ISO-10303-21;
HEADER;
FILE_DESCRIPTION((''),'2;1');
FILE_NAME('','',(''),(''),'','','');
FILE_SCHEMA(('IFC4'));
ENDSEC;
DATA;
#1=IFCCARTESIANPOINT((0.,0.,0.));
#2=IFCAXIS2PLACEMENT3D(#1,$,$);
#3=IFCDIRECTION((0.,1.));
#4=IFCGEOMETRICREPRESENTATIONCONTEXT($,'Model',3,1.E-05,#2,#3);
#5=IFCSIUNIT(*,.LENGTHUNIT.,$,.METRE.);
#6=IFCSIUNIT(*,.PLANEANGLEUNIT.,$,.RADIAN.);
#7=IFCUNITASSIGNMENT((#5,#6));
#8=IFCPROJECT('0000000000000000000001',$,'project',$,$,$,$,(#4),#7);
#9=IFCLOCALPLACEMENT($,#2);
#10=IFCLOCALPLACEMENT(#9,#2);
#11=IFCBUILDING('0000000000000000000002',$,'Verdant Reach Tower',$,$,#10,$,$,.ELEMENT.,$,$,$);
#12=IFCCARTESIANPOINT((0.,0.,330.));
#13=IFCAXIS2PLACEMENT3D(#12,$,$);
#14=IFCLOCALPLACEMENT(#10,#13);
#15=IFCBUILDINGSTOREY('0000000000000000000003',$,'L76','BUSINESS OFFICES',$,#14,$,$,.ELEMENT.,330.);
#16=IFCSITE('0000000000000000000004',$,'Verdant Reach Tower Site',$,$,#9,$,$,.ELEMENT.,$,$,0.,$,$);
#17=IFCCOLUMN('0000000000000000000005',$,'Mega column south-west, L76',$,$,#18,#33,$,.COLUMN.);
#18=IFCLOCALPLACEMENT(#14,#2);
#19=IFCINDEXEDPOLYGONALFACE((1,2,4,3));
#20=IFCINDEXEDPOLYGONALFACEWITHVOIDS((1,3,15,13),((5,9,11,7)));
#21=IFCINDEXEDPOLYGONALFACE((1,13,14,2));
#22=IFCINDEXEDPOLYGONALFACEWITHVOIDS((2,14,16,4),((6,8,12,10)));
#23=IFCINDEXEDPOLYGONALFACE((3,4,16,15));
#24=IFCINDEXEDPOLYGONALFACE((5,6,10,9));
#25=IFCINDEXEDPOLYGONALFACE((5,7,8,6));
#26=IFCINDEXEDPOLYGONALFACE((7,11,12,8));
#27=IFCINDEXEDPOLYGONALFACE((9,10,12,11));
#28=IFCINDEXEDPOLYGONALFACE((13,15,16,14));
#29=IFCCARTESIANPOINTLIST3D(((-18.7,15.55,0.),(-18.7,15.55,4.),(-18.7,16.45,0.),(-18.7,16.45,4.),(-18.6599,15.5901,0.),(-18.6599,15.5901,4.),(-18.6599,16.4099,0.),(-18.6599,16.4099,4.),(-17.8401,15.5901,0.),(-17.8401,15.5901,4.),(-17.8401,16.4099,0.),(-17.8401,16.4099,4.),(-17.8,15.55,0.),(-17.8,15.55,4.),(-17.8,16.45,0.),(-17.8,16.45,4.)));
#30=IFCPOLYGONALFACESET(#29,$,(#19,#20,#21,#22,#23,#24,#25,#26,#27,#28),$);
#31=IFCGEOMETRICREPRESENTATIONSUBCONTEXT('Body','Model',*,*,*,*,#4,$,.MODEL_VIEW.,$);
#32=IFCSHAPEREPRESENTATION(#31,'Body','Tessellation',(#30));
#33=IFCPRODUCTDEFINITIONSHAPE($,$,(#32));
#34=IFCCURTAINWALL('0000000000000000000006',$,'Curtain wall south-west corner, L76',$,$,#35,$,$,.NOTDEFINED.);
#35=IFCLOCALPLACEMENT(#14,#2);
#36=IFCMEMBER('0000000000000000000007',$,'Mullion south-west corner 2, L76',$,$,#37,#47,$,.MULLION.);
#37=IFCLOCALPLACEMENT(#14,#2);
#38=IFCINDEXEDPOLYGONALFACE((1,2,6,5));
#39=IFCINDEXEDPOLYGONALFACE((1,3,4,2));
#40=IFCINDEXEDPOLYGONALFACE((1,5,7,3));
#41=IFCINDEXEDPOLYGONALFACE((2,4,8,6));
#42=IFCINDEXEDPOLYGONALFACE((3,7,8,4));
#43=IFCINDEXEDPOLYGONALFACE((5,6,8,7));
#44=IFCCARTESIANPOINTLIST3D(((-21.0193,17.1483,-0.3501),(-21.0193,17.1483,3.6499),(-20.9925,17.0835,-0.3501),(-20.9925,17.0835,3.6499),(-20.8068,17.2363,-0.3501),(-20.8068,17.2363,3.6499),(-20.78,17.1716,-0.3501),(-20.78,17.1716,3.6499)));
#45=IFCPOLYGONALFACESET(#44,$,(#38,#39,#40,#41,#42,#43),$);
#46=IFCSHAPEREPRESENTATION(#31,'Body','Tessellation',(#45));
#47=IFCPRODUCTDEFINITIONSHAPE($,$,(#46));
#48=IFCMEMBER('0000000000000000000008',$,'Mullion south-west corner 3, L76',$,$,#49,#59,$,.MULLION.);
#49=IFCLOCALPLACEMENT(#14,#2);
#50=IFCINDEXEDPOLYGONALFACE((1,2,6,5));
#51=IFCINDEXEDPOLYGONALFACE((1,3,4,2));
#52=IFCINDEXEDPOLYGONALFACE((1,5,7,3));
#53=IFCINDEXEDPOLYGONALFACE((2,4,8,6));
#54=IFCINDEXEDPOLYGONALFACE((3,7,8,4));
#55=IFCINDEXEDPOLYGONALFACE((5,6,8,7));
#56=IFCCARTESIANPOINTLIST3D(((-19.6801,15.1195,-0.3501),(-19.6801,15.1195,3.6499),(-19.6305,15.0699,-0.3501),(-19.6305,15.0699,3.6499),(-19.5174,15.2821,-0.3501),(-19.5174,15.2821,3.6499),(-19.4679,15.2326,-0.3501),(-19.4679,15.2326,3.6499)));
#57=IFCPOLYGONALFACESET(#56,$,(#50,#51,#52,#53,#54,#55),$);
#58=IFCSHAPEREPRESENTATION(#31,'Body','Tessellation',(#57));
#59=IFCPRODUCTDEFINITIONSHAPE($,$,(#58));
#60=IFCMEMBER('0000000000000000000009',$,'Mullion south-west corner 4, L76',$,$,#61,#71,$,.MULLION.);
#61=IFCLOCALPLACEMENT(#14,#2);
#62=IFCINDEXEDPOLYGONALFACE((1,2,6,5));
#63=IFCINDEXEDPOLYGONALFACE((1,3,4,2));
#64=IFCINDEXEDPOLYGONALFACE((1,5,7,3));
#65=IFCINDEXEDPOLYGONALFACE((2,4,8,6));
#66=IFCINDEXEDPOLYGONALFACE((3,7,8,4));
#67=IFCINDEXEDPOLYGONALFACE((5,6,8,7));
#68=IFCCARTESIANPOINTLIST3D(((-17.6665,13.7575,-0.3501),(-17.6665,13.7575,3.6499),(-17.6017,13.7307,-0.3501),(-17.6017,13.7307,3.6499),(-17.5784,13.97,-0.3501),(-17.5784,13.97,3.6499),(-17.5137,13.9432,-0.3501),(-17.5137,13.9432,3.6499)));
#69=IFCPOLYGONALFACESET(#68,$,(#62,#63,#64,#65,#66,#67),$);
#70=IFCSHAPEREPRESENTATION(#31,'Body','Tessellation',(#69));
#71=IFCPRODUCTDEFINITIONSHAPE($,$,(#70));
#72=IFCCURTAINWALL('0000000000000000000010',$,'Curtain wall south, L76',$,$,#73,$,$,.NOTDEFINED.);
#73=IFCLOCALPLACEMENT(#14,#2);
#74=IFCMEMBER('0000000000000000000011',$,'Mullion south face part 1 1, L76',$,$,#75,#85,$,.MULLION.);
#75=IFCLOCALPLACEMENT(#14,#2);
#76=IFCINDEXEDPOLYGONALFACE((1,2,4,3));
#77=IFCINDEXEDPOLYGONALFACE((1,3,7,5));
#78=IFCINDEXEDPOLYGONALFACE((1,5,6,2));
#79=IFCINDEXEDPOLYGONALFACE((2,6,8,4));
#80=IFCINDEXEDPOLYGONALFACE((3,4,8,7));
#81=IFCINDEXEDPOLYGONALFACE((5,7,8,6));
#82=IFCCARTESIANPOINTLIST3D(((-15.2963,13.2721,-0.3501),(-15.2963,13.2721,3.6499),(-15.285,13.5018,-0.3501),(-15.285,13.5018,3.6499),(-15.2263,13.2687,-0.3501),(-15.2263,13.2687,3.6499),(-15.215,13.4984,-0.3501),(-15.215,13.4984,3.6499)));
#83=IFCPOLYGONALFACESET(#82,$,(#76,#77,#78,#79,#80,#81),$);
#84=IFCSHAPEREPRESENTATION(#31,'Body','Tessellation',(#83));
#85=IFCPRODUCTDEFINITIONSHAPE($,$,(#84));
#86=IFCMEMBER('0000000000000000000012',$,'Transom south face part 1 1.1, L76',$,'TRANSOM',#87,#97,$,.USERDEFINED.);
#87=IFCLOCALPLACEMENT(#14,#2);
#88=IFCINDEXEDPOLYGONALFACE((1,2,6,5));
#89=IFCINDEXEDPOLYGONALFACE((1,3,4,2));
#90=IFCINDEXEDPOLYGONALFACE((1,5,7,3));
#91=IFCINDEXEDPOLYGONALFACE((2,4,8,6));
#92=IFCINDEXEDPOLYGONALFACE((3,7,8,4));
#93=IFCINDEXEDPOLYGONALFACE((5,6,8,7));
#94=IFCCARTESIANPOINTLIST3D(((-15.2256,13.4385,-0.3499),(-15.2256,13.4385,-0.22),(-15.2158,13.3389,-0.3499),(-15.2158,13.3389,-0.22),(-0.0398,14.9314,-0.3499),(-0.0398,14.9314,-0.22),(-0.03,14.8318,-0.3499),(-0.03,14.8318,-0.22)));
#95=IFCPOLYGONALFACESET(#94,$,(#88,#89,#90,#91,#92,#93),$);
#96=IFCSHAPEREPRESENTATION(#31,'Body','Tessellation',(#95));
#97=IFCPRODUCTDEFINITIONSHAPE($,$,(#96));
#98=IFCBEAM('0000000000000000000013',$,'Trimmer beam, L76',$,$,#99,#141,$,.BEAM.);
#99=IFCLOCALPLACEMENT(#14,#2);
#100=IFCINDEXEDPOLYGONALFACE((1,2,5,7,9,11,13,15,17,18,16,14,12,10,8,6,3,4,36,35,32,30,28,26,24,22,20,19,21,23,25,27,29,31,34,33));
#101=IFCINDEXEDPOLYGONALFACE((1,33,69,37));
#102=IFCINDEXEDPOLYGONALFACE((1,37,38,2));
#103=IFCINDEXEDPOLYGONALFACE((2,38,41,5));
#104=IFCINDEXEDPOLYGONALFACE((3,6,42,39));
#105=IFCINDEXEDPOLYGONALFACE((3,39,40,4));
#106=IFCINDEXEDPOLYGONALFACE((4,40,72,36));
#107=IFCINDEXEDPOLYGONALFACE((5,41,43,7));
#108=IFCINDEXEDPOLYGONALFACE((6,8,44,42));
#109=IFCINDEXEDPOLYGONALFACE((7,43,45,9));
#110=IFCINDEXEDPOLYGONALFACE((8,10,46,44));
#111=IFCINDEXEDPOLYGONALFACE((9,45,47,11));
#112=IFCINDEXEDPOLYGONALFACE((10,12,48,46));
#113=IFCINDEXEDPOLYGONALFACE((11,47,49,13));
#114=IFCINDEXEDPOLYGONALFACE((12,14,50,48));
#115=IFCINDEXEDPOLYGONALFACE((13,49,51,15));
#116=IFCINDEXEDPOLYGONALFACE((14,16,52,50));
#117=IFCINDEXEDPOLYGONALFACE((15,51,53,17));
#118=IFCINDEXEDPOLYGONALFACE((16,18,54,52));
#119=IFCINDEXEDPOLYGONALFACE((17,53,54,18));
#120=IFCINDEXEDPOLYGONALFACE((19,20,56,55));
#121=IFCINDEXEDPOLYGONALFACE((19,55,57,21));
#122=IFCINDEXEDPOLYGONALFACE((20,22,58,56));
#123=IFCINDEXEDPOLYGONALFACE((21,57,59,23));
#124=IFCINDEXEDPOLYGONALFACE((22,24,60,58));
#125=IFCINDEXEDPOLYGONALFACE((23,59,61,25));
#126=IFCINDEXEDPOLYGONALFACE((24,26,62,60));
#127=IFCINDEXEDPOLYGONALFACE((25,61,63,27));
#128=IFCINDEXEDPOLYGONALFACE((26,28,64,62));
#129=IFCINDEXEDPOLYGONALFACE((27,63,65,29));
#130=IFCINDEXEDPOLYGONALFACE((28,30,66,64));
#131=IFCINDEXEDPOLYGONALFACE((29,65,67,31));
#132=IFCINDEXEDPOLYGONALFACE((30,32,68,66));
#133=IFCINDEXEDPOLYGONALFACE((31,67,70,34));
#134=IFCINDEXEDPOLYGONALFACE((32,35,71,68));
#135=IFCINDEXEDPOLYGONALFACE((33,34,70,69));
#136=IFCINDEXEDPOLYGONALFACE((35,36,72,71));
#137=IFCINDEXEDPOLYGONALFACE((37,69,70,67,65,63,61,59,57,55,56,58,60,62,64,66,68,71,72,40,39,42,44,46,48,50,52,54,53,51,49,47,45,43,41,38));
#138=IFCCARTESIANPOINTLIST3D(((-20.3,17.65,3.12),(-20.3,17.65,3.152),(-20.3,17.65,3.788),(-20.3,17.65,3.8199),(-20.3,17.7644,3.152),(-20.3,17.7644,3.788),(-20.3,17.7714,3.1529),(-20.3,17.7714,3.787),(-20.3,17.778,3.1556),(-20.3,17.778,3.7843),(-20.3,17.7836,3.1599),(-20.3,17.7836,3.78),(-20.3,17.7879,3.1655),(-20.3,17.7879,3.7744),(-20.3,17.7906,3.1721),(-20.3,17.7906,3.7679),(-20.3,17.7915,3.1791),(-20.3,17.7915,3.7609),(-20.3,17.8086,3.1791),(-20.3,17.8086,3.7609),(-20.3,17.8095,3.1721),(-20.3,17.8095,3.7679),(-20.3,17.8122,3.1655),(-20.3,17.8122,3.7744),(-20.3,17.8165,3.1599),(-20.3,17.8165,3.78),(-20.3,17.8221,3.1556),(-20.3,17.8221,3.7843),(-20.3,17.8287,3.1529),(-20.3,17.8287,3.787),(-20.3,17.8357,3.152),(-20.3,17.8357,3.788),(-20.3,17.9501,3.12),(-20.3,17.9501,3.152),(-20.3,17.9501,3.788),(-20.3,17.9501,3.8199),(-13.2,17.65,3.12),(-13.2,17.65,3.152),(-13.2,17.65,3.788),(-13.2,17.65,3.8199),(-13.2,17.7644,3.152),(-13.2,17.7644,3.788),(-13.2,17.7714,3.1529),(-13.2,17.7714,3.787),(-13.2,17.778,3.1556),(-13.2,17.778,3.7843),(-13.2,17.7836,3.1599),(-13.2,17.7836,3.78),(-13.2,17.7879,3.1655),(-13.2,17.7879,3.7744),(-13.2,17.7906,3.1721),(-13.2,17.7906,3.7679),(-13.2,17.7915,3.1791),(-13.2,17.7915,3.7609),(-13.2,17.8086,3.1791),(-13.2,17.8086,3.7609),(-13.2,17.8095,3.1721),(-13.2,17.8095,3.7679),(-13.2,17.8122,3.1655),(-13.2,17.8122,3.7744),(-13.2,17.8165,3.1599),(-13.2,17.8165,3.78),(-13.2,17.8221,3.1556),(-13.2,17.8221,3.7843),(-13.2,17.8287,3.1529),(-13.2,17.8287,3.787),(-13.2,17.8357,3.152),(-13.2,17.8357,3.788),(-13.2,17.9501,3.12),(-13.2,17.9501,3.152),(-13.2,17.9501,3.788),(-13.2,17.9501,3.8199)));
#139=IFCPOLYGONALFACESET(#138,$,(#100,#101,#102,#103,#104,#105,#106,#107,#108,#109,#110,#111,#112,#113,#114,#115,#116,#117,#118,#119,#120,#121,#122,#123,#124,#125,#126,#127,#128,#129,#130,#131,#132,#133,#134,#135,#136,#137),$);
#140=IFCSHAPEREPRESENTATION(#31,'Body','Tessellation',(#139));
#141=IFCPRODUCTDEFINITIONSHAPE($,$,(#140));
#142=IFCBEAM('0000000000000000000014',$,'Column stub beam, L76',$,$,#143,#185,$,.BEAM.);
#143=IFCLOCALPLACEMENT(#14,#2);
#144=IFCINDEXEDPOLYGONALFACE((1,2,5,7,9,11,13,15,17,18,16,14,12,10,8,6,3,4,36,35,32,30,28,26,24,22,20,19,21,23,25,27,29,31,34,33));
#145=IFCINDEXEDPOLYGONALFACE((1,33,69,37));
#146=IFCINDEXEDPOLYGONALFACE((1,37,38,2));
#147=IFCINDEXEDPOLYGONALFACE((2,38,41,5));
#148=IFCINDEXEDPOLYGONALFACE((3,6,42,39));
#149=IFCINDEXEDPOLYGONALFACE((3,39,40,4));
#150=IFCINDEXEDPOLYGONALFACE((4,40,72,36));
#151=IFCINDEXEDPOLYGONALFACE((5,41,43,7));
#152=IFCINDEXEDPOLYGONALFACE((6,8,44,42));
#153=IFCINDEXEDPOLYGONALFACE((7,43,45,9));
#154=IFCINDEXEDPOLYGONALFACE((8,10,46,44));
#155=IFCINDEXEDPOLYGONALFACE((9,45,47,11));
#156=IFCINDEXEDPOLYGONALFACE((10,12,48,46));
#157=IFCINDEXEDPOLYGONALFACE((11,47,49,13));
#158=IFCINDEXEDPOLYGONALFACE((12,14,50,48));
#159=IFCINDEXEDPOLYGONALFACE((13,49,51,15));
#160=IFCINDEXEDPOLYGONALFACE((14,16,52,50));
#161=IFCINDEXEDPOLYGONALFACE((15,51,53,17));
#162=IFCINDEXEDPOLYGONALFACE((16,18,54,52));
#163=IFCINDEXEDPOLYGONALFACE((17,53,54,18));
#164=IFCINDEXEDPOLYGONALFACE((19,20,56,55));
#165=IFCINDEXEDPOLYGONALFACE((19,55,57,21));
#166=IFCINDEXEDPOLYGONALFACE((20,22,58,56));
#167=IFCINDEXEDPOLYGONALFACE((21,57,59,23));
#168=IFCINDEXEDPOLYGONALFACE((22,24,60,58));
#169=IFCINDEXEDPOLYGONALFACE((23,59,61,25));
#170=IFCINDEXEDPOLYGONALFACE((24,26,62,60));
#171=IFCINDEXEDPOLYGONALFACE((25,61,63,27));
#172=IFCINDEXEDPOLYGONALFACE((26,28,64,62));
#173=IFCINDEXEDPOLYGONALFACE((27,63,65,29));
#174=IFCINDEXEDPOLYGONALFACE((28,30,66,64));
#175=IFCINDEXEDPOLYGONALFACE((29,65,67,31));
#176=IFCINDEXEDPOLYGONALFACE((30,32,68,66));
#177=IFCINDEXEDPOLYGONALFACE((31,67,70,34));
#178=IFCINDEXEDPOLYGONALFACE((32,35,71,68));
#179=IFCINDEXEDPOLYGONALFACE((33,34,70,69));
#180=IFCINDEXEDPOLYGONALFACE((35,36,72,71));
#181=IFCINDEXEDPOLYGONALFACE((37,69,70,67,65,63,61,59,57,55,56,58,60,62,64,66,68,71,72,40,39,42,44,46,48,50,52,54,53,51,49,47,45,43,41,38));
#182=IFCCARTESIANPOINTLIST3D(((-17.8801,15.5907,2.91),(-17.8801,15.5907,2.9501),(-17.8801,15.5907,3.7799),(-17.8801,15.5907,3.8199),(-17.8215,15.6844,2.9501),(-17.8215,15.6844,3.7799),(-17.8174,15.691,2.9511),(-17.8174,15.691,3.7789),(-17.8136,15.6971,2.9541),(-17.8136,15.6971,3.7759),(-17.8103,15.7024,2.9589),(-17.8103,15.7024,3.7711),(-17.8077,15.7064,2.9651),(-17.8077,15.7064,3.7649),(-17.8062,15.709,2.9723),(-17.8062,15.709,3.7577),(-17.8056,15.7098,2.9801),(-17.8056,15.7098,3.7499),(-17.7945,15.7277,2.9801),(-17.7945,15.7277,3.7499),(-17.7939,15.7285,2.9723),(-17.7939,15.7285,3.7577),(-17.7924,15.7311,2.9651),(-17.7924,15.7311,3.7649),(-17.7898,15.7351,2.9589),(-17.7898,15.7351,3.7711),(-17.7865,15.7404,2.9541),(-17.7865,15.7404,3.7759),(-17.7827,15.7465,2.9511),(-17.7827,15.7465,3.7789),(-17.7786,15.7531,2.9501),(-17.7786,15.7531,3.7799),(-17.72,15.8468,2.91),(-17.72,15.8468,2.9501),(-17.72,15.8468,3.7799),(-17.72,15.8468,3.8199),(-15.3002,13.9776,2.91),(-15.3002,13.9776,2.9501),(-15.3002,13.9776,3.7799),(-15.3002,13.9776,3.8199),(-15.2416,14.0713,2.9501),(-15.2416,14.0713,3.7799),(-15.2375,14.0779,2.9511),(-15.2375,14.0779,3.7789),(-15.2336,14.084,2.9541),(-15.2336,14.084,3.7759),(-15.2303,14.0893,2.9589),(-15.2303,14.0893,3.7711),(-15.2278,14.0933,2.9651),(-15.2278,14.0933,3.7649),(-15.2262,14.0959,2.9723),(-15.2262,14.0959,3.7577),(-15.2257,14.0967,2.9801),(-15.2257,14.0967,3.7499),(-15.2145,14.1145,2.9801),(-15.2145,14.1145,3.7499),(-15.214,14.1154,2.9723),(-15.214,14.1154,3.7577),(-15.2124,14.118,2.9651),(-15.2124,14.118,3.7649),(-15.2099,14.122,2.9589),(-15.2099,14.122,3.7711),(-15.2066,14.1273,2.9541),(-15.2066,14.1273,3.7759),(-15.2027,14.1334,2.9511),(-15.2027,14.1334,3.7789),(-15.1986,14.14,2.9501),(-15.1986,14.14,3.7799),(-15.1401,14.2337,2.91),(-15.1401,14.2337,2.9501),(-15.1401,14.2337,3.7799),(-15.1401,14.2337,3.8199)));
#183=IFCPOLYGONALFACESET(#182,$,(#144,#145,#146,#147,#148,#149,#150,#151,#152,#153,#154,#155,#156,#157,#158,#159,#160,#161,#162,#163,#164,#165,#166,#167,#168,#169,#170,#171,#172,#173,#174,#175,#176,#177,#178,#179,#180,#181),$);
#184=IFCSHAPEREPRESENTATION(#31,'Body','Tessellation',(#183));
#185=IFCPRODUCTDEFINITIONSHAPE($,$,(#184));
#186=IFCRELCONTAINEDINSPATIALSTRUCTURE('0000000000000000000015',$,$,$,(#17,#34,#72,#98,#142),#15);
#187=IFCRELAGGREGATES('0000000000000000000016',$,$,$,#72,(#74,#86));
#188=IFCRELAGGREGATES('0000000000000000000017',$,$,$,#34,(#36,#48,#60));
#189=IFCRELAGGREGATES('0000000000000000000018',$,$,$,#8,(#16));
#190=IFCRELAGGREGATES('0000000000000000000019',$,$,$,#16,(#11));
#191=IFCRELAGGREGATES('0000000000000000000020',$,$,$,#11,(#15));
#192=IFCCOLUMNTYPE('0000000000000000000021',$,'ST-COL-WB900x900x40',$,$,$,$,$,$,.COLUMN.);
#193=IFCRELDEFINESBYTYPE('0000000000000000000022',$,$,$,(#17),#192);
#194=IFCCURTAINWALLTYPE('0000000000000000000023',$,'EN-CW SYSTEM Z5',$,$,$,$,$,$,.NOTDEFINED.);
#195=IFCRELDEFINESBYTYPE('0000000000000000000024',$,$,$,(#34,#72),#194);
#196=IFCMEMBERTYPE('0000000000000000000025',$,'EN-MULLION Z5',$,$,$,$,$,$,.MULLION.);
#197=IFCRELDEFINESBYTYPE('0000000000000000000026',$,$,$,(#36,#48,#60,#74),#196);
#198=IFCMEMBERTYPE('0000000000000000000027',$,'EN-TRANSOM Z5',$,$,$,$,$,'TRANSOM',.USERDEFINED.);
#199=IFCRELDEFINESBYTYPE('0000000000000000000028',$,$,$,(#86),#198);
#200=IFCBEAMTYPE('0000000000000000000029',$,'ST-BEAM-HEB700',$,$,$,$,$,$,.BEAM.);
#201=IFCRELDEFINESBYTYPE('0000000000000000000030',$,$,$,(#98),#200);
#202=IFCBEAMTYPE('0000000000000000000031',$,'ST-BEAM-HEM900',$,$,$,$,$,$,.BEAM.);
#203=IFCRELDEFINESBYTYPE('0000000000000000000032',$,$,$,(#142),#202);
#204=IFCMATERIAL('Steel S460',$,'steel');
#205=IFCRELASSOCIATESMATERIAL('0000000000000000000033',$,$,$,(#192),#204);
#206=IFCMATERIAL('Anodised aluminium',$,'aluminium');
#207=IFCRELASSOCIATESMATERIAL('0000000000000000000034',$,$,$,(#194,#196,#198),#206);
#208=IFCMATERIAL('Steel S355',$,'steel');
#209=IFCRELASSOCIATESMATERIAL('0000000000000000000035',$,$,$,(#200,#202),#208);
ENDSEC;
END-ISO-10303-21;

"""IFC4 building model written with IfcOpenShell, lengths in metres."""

from ifc_helpers import new_model, si_unit, direction, frame, origin, origin_2d, place, context, subcontext, project, spatial, rectangle, hollow_rectangle, i_section, extrude, material, material_profile, profile_set, type_object, element, aggregate, save


model = new_model("IFC4")

# Units and contexts
model_context = context("Model", 3, precision=1e-05, world=origin(), true_north=direction((0.0, 1.0)))
body_context = subcontext(model_context, "Body", "Model", "MODEL_VIEW")
ifc_project = project(units=[si_unit("LENGTHUNIT", "METRE"), si_unit("PLANEANGLEUNIT", "RADIAN")], contexts=[model_context])

# Site, building, storey
site_placement = place(None, origin())
site = spatial("IfcSite", under=ifc_project, at=site_placement, Name="Verdant Reach Tower Site", CompositionType="ELEMENT", RefElevation=0.0)
building_placement = place(site_placement, origin())
building = spatial("IfcBuilding", under=site, at=building_placement, Name="Verdant Reach Tower", CompositionType="ELEMENT")
storey_placement = place(building_placement, frame((0.0, 0.0, 330.0)))
storey = spatial("IfcBuildingStorey", under=building, at=storey_placement, Name="L76", Description="BUSINESS OFFICES", CompositionType="ELEMENT", Elevation=330.0)

# Column
ifc_material_1 = material(Name="Steel S460", Category="steel")
ifc_material_profile_1 = material_profile(ifc_material_1, hollow_rectangle(XDim=0.8999, YDim=0.8999, WallThickness=0.04, at=origin_2d()), Name="WB 900x900x40")
ifc_profile_set_1 = profile_set([ifc_material_profile_1], Name="Steel S460")
column_type = type_object("IfcColumnType", Name="ST-COL-WB900x900x40", PredefinedType="COLUMN", material=ifc_profile_set_1)
column_placement = place(storey_placement, frame((-18.25, 16.0, 0.0), z_axis=(0.0, 0.0, 1.0), x_axis=(1.0, 0.0, 0.0)))
element("IfcColumn", 1, at=column_placement, inside=storey, type_object=column_type, Name="Mega column south-west, L76", PredefinedType="COLUMN", context=body_context, shape_type="SweptSolid", body=[
    extrude(hollow_rectangle(XDim=0.8999, YDim=0.8999, WallThickness=0.04, at=origin_2d()), origin(), (0.0, 0.0, 1.0), 4.0),
])

# Curtain walls, members
ifc_material_2 = material(Name="Anodised aluminium", Category="aluminium")
curtain_wall_type = type_object("IfcCurtainWallType", Name="EN-CW SYSTEM Z5", PredefinedType="NOTDEFINED", material=ifc_material_2)
curtain_wall_1_placement = place(storey_placement, origin())
curtain_wall_1 = element("IfcCurtainWall", 2, at=curtain_wall_1_placement, inside=storey, type_object=curtain_wall_type, Name="Curtain wall south-west corner, L76", PredefinedType="NOTDEFINED")
ifc_material_profile_2 = material_profile(ifc_material_2, rectangle(XDim=0.23, YDim=0.0701, at=origin_2d()), Name="Mullion 70x230")
ifc_profile_set_2 = profile_set([ifc_material_profile_2], Name="Anodised aluminium")
member_type_1 = type_object("IfcMemberType", Name="EN-MULLION Z5", PredefinedType="MULLION", material=ifc_profile_set_2)
member_1_placement = place(storey_placement, frame((-20.8997, 17.1599, -0.3501), z_axis=(0.0, 0.0, 1.0), x_axis=(-0.923875, -0.382694, 0.0)))
member_1 = element("IfcMember", 3, at=member_1_placement, type_object=member_type_1, Name="Mullion south-west corner 2, L76", PredefinedType="MULLION", context=body_context, shape_type="SweptSolid", body=[
    extrude(rectangle(XDim=0.23, YDim=0.0701, at=origin_2d()), origin(), (0.0, 0.0, 1.0), 4.0),
])
member_2_placement = place(storey_placement, frame((-19.574, 15.176, -0.3501), z_axis=(0.0, 0.0, 1.0), x_axis=(-0.707107, -0.707107, 0.0)))
member_2 = element("IfcMember", 4, at=member_2_placement, type_object=member_type_1, Name="Mullion south-west corner 3, L76", PredefinedType="MULLION", context=body_context, shape_type="SweptSolid", body=[
    extrude(rectangle(XDim=0.23, YDim=0.0701, at=origin_2d()), origin(), (0.0, 0.0, 1.0), 4.0),
])
member_3_placement = place(storey_placement, frame((-17.5901, 13.8503, -0.3501), z_axis=(0.0, 0.0, 1.0), x_axis=(-0.382694, -0.923875, 0.0)))
member_3 = element("IfcMember", 5, at=member_3_placement, type_object=member_type_1, Name="Mullion south-west corner 4, L76", PredefinedType="MULLION", context=body_context, shape_type="SweptSolid", body=[
    extrude(rectangle(XDim=0.23, YDim=0.0701, at=origin_2d()), origin(), (0.0, 0.0, 1.0), 4.0),
])
curtain_wall_2_placement = place(storey_placement, origin())
curtain_wall_2 = element("IfcCurtainWall", 6, at=curtain_wall_2_placement, inside=storey, type_object=curtain_wall_type, Name="Curtain wall south, L76", PredefinedType="NOTDEFINED")
member_4_placement = place(storey_placement, frame((-15.2556, 13.3853, -0.3501), z_axis=(0.0, 0.0, 1.0), x_axis=(-0.049128, -0.998793, 0.0)))
member_4 = element("IfcMember", 7, at=member_4_placement, type_object=member_type_1, Name="Mullion south face part 1 1, L76", PredefinedType="MULLION", context=body_context, shape_type="SweptSolid", body=[
    extrude(rectangle(XDim=0.23, YDim=0.0701, at=origin_2d()), origin(), (0.0, 0.0, 1.0), 4.0),
])
ifc_material_profile_3 = material_profile(ifc_material_2, rectangle(XDim=0.1001, YDim=0.1299, at=origin_2d()), Name="Transom 130x100")
ifc_profile_set_3 = profile_set([ifc_material_profile_3], Name="Anodised aluminium")
member_type_2 = type_object("IfcMemberType", Name="EN-TRANSOM Z5", ElementType="TRANSOM", PredefinedType="USERDEFINED", material=ifc_profile_set_3)
member_5_placement = place(storey_placement, frame((-15.2207, 13.3887, -0.2849), z_axis=(0.995202, 0.097839, 0.0), x_axis=(-0.097839, 0.995202, 0.0)))
member_5 = element("IfcMember", 8, at=member_5_placement, type_object=member_type_2, Name="Transom south face part 1 1.1, L76", ObjectType="TRANSOM", PredefinedType="USERDEFINED", context=body_context, shape_type="SweptSolid", body=[
    extrude(rectangle(XDim=0.1001, YDim=0.1299, at=origin_2d()), origin(), (0.0, 0.0, 1.0), 15.259),
])

# Beams
ifc_material_3 = material(Name="Steel S355", Category="steel")
ifc_material_profile_4 = material_profile(ifc_material_3, i_section(OverallWidth=0.3, OverallDepth=0.7, WebThickness=0.0171, FlangeThickness=0.032, FilletRadius=0.0271, at=origin_2d()), Name="HEB 700")
ifc_profile_set_4 = profile_set([ifc_material_profile_4], Name="Steel S355")
beam_type_1 = type_object("IfcBeamType", Name="ST-BEAM-HEB700", PredefinedType="BEAM", material=ifc_profile_set_4)
beam_1_placement = place(storey_placement, frame((-13.2, 17.8, 3.47), z_axis=(-1.0, 0.0, 0.0), x_axis=(0.0, -1.0, 0.0)))
element("IfcBeam", 9, at=beam_1_placement, inside=storey, type_object=beam_type_1, Name="Trimmer beam, L76", PredefinedType="BEAM", context=body_context, shape_type="SweptSolid", body=[
    extrude(i_section(OverallWidth=0.3, OverallDepth=0.7, WebThickness=0.0171, FlangeThickness=0.032, FilletRadius=0.0271, at=origin_2d()), origin(), (0.0, 0.0, 1.0), 7.1001),
])
ifc_material_profile_5 = material_profile(ifc_material_3, i_section(OverallWidth=0.302, OverallDepth=0.9099, WebThickness=0.021, FlangeThickness=0.04, FilletRadius=0.03, at=origin_2d()), Name="HEM 900")
ifc_profile_set_5 = profile_set([ifc_material_profile_5], Name="Steel S355")
beam_type_2 = type_object("IfcBeamType", Name="ST-BEAM-HEM900", PredefinedType="BEAM", material=ifc_profile_set_5)
beam_2_placement = place(storey_placement, frame((-17.8, 15.7188, 3.365), z_axis=(0.847904, -0.53015, 0.0), x_axis=(0.53015, 0.847904, 0.0)))
element("IfcBeam", 10, at=beam_2_placement, inside=storey, type_object=beam_type_2, Name="Column stub beam, L76", PredefinedType="BEAM", context=body_context, shape_type="SweptSolid", body=[
    extrude(i_section(OverallWidth=0.302, OverallDepth=0.9099, WebThickness=0.021, FlangeThickness=0.04, FilletRadius=0.03, at=origin_2d()), origin(), (0.0, 0.0, 1.0), 3.0427),
])

aggregate(curtain_wall_2, [member_4, member_5])
aggregate(curtain_wall_1, [member_1, member_2, member_3])

save(model, "model.ifc")
